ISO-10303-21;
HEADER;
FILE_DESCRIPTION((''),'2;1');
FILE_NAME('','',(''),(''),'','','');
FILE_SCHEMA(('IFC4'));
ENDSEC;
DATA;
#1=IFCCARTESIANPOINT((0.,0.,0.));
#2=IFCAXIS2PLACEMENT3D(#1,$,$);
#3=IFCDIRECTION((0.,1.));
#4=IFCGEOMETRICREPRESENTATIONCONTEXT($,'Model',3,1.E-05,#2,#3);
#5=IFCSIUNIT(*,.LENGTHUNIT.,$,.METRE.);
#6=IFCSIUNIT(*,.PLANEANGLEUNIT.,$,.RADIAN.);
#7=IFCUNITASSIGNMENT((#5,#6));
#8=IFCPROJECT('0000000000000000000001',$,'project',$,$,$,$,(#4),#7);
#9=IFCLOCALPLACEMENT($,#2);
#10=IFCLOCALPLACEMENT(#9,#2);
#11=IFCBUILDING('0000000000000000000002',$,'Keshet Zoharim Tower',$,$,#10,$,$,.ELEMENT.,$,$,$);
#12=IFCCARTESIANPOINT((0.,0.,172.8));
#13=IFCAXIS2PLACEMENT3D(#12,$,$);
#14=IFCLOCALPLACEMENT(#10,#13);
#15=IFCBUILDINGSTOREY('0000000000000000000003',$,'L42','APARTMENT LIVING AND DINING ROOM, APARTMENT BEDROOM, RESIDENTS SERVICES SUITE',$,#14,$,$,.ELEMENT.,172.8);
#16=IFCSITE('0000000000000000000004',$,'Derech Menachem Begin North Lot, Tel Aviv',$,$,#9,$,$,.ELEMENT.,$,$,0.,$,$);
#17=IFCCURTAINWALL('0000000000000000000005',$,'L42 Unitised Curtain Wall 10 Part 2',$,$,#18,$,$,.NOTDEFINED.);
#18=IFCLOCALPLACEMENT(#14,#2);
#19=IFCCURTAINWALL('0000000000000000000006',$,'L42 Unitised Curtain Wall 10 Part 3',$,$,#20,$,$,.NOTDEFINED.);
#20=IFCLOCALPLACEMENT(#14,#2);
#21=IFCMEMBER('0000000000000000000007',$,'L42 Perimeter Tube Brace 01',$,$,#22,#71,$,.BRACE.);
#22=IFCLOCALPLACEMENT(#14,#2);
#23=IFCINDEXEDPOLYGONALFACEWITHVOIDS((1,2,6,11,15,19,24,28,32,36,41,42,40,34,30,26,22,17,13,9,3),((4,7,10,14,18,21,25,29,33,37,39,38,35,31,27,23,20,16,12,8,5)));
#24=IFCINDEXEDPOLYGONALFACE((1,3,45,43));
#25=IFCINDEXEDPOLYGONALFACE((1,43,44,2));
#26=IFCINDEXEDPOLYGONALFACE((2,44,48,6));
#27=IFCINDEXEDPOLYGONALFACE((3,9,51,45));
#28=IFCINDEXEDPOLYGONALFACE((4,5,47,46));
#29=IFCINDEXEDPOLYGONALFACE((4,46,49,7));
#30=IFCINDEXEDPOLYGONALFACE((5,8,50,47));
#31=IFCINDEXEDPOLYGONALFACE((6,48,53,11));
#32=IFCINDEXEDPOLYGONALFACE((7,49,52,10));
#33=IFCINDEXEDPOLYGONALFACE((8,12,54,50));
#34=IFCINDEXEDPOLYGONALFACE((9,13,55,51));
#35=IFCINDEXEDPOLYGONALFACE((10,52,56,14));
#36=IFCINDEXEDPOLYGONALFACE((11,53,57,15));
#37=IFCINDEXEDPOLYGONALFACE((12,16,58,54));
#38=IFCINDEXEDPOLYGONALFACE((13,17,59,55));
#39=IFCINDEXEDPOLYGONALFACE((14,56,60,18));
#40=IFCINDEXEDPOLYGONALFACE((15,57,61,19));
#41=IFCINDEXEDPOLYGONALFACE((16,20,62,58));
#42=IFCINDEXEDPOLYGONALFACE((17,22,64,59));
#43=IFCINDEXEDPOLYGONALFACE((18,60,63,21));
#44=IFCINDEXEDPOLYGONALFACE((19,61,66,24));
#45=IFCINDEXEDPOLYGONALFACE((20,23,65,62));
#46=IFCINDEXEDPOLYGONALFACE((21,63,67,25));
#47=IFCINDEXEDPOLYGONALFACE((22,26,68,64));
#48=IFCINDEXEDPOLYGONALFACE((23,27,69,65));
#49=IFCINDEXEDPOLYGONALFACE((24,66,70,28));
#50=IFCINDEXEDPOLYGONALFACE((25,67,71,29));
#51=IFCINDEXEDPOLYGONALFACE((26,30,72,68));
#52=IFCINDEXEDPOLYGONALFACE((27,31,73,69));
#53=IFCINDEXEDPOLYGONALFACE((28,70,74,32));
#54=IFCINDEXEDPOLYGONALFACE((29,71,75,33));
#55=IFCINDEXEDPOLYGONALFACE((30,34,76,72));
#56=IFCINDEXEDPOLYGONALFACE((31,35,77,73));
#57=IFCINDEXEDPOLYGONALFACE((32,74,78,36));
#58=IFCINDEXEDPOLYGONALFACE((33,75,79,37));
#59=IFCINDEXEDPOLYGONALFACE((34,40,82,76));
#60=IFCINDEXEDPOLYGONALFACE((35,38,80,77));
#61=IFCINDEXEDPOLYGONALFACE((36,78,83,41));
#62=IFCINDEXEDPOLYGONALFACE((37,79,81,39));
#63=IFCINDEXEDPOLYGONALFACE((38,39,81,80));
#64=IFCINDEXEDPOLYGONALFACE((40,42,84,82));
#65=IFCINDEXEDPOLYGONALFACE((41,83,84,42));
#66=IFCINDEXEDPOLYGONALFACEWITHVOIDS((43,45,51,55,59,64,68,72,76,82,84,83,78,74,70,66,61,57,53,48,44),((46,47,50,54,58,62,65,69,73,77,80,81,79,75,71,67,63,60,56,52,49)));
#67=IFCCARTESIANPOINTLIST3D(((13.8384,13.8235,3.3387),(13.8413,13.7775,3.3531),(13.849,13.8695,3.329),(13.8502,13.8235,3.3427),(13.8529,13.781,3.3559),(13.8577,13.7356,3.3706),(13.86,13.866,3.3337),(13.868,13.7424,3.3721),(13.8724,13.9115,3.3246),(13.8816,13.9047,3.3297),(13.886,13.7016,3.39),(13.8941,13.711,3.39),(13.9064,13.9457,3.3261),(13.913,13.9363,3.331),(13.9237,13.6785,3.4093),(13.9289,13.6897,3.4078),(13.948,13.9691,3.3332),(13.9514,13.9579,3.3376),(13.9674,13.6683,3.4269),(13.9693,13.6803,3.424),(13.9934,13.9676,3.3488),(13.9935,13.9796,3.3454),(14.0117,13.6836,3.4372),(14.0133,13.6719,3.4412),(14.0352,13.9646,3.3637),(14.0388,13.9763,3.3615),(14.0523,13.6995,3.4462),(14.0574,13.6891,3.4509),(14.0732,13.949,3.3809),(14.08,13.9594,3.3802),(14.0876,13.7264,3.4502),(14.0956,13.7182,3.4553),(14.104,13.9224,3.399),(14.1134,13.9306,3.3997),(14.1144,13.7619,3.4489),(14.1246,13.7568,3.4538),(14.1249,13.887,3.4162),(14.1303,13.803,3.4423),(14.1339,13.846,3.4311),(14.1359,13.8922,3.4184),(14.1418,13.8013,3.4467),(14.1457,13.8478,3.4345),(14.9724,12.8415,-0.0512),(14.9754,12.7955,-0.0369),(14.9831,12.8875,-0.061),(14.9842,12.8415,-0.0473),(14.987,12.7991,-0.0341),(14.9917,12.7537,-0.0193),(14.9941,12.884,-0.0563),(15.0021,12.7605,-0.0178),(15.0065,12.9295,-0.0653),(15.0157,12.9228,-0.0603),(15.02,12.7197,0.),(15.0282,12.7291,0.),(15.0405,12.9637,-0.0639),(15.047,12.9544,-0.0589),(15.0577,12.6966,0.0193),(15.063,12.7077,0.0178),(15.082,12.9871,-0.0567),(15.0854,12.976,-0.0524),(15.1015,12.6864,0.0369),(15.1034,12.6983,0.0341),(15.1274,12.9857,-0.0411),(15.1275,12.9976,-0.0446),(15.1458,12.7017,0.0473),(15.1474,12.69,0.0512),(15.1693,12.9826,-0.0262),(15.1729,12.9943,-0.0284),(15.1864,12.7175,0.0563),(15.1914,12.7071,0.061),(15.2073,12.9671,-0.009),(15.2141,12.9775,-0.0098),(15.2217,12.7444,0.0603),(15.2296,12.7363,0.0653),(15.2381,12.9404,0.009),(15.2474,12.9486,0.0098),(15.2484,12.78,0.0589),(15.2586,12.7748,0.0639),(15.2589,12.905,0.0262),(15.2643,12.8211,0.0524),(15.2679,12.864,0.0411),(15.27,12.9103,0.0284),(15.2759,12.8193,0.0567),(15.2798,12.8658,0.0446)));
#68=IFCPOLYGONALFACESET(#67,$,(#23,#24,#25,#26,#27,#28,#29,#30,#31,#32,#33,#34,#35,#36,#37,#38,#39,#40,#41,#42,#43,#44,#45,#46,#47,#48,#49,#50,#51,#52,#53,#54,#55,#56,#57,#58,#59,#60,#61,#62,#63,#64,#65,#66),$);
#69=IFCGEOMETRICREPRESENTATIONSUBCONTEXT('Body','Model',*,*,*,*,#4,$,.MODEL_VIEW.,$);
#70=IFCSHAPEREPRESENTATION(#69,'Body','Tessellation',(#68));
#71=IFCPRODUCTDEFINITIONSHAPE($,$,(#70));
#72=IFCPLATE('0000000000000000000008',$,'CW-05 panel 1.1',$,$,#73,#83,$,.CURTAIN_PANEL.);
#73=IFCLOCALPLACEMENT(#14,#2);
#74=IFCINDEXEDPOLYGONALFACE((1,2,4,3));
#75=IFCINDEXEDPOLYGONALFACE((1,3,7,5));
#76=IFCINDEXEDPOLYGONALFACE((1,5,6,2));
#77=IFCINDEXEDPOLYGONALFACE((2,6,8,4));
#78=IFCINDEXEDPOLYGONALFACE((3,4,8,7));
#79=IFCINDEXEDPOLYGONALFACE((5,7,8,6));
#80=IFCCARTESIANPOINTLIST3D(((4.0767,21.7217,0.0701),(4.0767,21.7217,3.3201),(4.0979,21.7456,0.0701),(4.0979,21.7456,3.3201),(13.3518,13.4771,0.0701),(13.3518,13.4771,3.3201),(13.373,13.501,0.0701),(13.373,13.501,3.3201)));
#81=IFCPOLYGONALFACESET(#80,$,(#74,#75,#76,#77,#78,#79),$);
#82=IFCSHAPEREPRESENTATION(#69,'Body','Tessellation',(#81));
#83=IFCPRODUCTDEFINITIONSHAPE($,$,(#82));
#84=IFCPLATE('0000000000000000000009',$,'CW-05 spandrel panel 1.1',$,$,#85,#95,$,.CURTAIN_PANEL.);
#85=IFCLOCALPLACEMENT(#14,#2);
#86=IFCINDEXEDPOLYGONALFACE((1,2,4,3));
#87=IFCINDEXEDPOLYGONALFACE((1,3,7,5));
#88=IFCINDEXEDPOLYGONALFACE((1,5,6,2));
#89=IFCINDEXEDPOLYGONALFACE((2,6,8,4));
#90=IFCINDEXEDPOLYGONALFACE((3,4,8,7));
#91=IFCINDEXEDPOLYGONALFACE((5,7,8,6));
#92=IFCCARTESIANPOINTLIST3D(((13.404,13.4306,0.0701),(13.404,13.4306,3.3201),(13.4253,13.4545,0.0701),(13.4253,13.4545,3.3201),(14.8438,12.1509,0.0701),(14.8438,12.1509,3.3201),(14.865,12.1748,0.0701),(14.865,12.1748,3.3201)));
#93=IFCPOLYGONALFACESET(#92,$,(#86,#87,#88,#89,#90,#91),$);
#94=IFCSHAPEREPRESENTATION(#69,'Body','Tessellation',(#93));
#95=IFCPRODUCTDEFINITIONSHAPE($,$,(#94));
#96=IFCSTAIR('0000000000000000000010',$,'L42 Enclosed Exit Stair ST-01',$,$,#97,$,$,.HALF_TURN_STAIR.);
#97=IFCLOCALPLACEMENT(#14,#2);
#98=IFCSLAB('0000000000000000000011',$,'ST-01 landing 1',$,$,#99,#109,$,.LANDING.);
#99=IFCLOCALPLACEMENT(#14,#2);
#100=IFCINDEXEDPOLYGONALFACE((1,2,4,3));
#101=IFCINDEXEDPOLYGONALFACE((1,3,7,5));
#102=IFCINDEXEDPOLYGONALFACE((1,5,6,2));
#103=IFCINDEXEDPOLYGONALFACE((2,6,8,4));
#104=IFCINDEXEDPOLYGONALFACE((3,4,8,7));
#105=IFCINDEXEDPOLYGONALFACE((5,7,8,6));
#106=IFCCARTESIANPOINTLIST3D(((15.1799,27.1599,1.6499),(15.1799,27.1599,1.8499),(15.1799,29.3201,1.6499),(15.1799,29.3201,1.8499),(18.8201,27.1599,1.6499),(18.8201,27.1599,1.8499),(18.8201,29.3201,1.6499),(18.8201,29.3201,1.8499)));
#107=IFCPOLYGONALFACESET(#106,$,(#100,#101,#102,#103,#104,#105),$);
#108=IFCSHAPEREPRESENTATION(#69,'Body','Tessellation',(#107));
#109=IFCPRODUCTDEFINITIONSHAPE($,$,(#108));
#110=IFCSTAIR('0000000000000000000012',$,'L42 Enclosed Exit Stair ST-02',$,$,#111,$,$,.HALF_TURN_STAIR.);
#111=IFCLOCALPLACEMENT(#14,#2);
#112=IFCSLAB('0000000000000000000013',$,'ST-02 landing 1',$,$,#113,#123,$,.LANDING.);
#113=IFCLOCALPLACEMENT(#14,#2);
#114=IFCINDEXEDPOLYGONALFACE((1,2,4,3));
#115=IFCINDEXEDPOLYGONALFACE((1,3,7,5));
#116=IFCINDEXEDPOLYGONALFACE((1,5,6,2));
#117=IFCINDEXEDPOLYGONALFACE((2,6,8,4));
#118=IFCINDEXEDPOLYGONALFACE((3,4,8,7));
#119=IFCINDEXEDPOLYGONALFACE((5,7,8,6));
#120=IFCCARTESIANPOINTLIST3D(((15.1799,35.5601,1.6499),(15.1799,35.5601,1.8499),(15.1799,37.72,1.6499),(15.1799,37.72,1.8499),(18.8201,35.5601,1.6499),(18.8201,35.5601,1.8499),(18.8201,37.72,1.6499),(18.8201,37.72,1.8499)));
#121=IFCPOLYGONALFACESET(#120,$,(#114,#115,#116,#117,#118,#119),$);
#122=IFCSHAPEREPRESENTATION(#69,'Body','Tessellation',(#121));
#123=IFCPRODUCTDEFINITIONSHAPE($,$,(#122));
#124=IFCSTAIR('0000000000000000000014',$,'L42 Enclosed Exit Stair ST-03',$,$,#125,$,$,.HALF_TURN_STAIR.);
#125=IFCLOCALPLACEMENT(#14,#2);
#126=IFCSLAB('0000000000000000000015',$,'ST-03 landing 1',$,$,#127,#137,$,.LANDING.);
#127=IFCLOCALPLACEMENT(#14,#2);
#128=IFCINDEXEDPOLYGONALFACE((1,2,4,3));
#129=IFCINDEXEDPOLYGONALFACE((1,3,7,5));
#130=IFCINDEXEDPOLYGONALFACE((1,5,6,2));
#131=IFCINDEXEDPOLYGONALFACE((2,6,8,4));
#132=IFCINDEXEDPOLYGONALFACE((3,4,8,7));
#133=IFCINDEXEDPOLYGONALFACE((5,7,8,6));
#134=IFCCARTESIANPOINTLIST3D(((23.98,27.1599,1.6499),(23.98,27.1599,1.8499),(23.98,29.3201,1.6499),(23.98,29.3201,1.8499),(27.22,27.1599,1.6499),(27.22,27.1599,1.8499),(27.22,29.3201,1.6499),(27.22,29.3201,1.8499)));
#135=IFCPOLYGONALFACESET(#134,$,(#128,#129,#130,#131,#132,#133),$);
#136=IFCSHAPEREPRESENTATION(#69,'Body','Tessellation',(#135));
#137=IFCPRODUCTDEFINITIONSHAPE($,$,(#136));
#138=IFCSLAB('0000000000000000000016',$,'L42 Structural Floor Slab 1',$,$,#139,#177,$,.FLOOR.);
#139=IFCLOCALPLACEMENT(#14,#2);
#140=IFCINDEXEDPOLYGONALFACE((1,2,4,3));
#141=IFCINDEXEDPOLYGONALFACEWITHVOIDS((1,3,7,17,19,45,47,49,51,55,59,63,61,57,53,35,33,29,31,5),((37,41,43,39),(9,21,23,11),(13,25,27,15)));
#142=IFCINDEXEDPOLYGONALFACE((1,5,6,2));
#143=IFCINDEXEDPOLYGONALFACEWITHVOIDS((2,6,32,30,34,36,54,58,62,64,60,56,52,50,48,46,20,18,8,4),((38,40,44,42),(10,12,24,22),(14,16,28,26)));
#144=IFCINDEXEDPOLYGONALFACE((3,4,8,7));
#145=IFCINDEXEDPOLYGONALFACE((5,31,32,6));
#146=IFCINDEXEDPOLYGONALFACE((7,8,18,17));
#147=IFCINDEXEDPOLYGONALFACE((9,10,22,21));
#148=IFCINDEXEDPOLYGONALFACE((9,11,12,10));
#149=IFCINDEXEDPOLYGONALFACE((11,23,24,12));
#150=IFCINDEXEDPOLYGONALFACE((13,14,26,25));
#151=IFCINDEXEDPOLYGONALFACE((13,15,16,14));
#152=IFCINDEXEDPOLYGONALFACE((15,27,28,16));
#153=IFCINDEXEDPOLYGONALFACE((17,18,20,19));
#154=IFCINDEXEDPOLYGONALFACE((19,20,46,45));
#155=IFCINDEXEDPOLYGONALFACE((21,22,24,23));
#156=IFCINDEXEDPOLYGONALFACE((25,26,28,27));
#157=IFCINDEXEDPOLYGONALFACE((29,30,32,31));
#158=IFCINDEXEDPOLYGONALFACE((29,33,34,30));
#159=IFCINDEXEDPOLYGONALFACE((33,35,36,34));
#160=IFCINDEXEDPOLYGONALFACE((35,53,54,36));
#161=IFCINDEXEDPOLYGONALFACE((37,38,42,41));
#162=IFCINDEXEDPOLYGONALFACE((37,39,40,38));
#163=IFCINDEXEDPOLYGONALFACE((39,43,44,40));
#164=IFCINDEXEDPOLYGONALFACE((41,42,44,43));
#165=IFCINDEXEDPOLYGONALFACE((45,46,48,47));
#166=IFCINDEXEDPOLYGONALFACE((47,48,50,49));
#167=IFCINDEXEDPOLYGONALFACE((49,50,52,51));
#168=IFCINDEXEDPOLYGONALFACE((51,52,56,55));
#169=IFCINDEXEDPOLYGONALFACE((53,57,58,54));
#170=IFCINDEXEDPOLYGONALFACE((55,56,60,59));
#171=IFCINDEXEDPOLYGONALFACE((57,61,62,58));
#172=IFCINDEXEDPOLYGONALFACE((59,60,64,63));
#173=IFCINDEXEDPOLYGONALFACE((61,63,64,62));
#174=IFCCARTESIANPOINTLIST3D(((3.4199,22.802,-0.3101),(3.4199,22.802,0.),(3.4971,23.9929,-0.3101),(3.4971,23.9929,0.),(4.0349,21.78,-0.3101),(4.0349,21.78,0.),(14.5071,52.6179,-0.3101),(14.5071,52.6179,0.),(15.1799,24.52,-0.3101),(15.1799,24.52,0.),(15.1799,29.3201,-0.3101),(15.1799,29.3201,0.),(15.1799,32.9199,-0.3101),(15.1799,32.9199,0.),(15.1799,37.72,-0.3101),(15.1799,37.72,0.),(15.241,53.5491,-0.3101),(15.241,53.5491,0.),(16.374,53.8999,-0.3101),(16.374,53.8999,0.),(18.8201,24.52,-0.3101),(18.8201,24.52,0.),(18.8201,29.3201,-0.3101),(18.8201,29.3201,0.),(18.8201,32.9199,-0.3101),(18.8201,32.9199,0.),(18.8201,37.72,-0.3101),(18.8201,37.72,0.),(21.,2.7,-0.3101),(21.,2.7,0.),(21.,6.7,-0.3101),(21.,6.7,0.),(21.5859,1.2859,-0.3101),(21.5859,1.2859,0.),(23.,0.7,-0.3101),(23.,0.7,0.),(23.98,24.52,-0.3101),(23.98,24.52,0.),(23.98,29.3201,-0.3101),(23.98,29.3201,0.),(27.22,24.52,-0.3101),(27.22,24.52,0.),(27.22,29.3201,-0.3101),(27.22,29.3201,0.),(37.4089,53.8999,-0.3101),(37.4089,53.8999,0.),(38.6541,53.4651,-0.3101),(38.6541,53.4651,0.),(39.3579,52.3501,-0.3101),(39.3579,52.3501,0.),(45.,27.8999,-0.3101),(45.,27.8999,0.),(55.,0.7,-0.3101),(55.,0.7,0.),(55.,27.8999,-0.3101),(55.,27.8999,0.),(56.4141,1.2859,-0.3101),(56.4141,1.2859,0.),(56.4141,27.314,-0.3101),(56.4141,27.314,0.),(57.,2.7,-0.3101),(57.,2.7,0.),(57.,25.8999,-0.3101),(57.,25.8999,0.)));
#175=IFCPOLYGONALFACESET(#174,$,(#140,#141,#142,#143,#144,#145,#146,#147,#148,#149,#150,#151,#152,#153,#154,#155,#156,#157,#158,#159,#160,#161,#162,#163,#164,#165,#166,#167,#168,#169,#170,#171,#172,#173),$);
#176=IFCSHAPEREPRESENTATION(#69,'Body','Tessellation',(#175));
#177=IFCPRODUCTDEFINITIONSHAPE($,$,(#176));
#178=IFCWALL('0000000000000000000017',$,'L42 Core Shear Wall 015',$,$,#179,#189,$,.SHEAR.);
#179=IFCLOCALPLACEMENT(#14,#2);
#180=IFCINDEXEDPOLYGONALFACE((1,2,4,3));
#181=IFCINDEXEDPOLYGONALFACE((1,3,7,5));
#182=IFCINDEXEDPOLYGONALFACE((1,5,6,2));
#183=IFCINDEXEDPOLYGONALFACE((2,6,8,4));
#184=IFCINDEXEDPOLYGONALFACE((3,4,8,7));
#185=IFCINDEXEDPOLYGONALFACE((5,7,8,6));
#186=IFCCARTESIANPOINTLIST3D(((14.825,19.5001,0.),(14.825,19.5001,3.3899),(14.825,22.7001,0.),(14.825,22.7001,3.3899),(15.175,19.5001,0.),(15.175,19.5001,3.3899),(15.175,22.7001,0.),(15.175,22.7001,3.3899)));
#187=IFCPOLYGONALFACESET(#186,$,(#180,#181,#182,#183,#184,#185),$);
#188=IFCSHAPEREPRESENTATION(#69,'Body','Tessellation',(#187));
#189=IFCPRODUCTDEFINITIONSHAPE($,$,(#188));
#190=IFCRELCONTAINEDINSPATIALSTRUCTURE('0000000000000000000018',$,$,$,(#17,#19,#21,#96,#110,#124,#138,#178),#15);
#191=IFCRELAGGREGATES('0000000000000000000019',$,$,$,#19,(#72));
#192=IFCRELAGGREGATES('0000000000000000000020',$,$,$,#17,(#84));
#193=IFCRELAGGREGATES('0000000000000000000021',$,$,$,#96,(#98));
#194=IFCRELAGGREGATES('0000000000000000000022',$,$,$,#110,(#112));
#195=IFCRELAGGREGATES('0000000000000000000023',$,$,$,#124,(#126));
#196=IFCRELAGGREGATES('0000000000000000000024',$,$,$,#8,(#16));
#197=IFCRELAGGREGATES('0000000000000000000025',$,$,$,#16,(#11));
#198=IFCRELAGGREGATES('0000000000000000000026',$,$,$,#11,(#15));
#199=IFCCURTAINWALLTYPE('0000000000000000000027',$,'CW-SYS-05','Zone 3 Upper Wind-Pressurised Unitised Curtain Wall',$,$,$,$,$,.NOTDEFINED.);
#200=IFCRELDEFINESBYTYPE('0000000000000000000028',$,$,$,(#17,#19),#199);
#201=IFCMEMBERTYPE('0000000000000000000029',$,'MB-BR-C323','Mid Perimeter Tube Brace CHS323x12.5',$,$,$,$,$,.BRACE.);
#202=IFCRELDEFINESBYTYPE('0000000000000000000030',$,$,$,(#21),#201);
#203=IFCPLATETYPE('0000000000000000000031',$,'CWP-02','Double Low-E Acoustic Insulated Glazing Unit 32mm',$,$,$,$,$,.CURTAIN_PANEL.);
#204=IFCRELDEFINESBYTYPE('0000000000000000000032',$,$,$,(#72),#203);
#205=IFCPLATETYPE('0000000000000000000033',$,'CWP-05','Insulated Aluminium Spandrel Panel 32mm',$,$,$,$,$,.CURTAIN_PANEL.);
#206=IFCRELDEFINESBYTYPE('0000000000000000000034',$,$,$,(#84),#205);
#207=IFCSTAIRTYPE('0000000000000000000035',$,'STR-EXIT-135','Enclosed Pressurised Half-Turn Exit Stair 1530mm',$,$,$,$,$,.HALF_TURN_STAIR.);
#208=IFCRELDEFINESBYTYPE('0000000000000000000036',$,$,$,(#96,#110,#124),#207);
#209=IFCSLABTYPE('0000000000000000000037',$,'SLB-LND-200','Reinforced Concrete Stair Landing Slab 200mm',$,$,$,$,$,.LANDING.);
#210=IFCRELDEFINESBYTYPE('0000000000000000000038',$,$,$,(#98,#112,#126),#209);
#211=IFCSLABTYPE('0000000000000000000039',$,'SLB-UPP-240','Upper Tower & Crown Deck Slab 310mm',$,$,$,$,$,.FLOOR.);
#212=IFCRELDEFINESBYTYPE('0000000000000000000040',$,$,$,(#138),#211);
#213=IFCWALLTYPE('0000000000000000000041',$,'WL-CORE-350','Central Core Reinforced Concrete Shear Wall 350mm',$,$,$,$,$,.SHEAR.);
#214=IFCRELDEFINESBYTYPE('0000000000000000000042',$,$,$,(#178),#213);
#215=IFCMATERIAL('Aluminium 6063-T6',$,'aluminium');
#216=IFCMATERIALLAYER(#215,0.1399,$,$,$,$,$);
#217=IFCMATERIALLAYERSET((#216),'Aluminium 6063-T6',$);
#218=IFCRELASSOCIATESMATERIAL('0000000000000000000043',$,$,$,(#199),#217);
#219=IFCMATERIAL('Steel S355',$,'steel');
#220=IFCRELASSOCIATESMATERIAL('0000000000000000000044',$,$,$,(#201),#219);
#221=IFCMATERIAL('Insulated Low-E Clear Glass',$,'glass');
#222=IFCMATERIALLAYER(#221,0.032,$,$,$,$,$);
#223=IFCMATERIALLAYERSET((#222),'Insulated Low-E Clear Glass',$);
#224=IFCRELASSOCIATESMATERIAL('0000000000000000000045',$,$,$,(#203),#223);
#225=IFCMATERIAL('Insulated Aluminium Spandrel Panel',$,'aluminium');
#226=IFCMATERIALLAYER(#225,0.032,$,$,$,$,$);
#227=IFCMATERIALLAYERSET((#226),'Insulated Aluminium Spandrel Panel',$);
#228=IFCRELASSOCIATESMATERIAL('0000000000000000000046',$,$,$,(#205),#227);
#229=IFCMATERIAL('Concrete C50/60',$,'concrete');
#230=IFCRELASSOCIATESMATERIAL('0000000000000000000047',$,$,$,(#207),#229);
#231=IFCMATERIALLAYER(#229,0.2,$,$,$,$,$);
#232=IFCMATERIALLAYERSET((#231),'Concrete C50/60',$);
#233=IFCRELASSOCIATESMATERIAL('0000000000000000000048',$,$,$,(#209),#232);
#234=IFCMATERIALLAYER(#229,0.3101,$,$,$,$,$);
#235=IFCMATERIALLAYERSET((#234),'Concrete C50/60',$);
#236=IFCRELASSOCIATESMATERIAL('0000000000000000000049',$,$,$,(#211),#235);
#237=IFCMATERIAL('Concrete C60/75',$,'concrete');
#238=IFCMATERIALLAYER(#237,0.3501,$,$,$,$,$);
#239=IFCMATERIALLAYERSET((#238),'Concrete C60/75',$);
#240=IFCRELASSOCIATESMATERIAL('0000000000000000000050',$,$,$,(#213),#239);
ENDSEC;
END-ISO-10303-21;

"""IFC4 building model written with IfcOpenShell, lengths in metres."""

from ifc_helpers import new_model, si_unit, direction, frame, frame_2d, origin, origin_2d, place, context, subcontext, project, spatial, polyline, rectangle, hollow_circle, outline, extrude, material, layer, layer_set, material_profile, profile_set, type_object, element, aggregate, save


model = new_model("IFC4")

# Units and contexts
model_context = context("Model", 3, precision=1e-05, world=origin(), true_north=direction((0.0, 1.0)))
body_context = subcontext(model_context, "Body", "Model", "MODEL_VIEW")
ifc_project = project(units=[si_unit("LENGTHUNIT", "METRE"), si_unit("PLANEANGLEUNIT", "RADIAN")], contexts=[model_context])

# Site, building, storey
site_placement = place(None, origin())
site = spatial("IfcSite", under=ifc_project, at=site_placement, Name="Derech Menachem Begin North Lot, Tel Aviv", CompositionType="ELEMENT", RefElevation=0.0)
building_placement = place(site_placement, origin())
building = spatial("IfcBuilding", under=site, at=building_placement, Name="Keshet Zoharim Tower", CompositionType="ELEMENT")
storey_placement = place(building_placement, frame((0.0, 0.0, 172.8)))
storey = spatial("IfcBuildingStorey", under=building, at=storey_placement, Name="L42", Description="APARTMENT LIVING AND DINING ROOM, APARTMENT BEDROOM, RESIDENTS SERVICES SUITE", CompositionType="ELEMENT", Elevation=172.8)

# Shared definitions
ifc_material_1 = material(Name="Steel S355", Category="steel")
ifc_material_2 = material(Name="Concrete C60/75", Category="concrete")

# Shared definitions
ifc_material_3 = material(Name="Concrete C50/60", Category="concrete")

# Shared definitions
ifc_material_4 = material(Name="Aluminium 6063-T6", Category="aluminium")
ifc_layer_1 = layer(ifc_material_4, 0.1399)
ifc_layer_set_1 = layer_set([ifc_layer_1], Name="Aluminium 6063-T6")
curtain_wall_type = type_object("IfcCurtainWallType", Name="CW-SYS-05", Description="Zone 3 Upper Wind-Pressurised Unitised Curtain Wall", PredefinedType="NOTDEFINED", material=ifc_layer_set_1)

# Curtain walls
curtain_wall_1_placement = place(storey_placement, origin())
curtain_wall_1 = element("IfcCurtainWall", 1, at=curtain_wall_1_placement, inside=storey, type_object=curtain_wall_type, Name="L42 Unitised Curtain Wall 10 Part 2", PredefinedType="NOTDEFINED")
curtain_wall_2_placement = place(storey_placement, origin())
curtain_wall_2 = element("IfcCurtainWall", 2, at=curtain_wall_2_placement, inside=storey, type_object=curtain_wall_type, Name="L42 Unitised Curtain Wall 10 Part 3", PredefinedType="NOTDEFINED")

# Member
ifc_material_profile_1 = material_profile(ifc_material_1, hollow_circle(Radius=0.1619, WallThickness=0.0125, at=origin_2d()), Name="CHS323x12.5")
ifc_profile_set_1 = profile_set([ifc_material_profile_1], Name="Steel S355")
member_type_1 = type_object("IfcMemberType", Name="MB-BR-C323", Description="Mid Perimeter Tube Brace CHS323x12.5", PredefinedType="BRACE", material=ifc_profile_set_1)
member_1_placement = place(storey_placement, frame((15.126, 12.842, 0.0), z_axis=(-0.30592, 0.264889, 0.914466), x_axis=(-0.65459, -0.755984, 0.0)))
element("IfcMember", 3, at=member_1_placement, inside=storey, type_object=member_type_1, Name="L42 Perimeter Tube Brace 01", PredefinedType="BRACE", context=body_context, shape_type="SweptSolid", body=[
    extrude(hollow_circle(Radius=0.1619, WallThickness=0.0125, at=origin_2d()), origin(), (0.0, 0.0, 1.0), 3.707),
])

# Plates
ifc_material_5 = material(Name="Insulated Low-E Clear Glass", Category="glass")
ifc_layer_2 = layer(ifc_material_5, 0.032)
ifc_layer_set_2 = layer_set([ifc_layer_2], Name="Insulated Low-E Clear Glass")
plate_type_1 = type_object("IfcPlateType", Name="CWP-02", Description="Double Low-E Acoustic Insulated Glazing Unit 32mm", PredefinedType="CURTAIN_PANEL", material=ifc_layer_set_2)
plate_1_placement = place(storey_placement, frame((8.7249, 17.6113, 0.0701), z_axis=(0.0, 0.0, 1.0), x_axis=(-0.747407, 0.664367, 0.0)))
plate_1 = element("IfcPlate", 4, at=plate_1_placement, type_object=plate_type_1, Name="CW-05 panel 1.1", PredefinedType="CURTAIN_PANEL", context=body_context, shape_type="SweptSolid", body=[
    extrude(rectangle(XDim=12.4097, YDim=0.032, at=origin_2d()), origin(), (0.0, 0.0, 1.0), 3.25),
])
aggregate(curtain_wall_2, [plate_1])
ifc_material_6 = material(Name="Insulated Aluminium Spandrel Panel", Category="aluminium")
ifc_layer_3 = layer(ifc_material_6, 0.032)
ifc_layer_set_3 = layer_set([ifc_layer_3], Name="Insulated Aluminium Spandrel Panel")
plate_type_2 = type_object("IfcPlateType", Name="CWP-05", Description="Insulated Aluminium Spandrel Panel 32mm", PredefinedType="CURTAIN_PANEL", material=ifc_layer_set_3)
plate_2_placement = place(storey_placement, frame((14.1345, 12.8027, 0.0701), z_axis=(0.0, 0.0, 1.0), x_axis=(-0.74744, 0.66433, 0.0)))
plate_2 = element("IfcPlate", 5, at=plate_2_placement, type_object=plate_type_2, Name="CW-05 spandrel panel 1.1", PredefinedType="CURTAIN_PANEL", context=body_context, shape_type="SweptSolid", body=[
    extrude(rectangle(XDim=1.9263, YDim=0.032, at=origin_2d()), origin(), (0.0, 0.0, 1.0), 3.25),
])
aggregate(curtain_wall_1, [plate_2])

# Stairs, slabs
stair_type = type_object("IfcStairType", Name="STR-EXIT-135", Description="Enclosed Pressurised Half-Turn Exit Stair 1530mm", PredefinedType="HALF_TURN_STAIR", material=ifc_material_3)
stair_1_placement = place(storey_placement, origin())
stair_1 = element("IfcStair", 6, at=stair_1_placement, inside=storey, type_object=stair_type, Name="L42 Enclosed Exit Stair ST-01", PredefinedType="HALF_TURN_STAIR")
ifc_layer_4 = layer(ifc_material_3, 0.2)
ifc_layer_set_4 = layer_set([ifc_layer_4], Name="Concrete C50/60")
slab_type_1 = type_object("IfcSlabType", Name="SLB-LND-200", Description="Reinforced Concrete Stair Landing Slab 200mm", PredefinedType="LANDING", material=ifc_layer_set_4)
slab_1_placement = place(storey_placement, frame((0.0, 0.0, 1.6499)))
slab_1 = element("IfcSlab", 7, at=slab_1_placement, type_object=slab_type_1, Name="ST-01 landing 1", PredefinedType="LANDING", context=body_context, shape_type="SweptSolid", body=[
    extrude(outline(polyline([(15.1799, 27.1599), (18.8201, 27.1599), (18.8201, 29.3201), (15.1799, 29.3201), (15.1799, 27.1599)])), origin(), (0.0, 0.0, 1.0), 0.2),
])
aggregate(stair_1, [slab_1])
stair_2_placement = place(storey_placement, origin())
stair_2 = element("IfcStair", 8, at=stair_2_placement, inside=storey, type_object=stair_type, Name="L42 Enclosed Exit Stair ST-02", PredefinedType="HALF_TURN_STAIR")
slab_2_placement = place(storey_placement, frame((0.0, 0.0, 1.6499)))
slab_2 = element("IfcSlab", 9, at=slab_2_placement, type_object=slab_type_1, Name="ST-02 landing 1", PredefinedType="LANDING", context=body_context, shape_type="SweptSolid", body=[
    extrude(outline(polyline([(15.1799, 35.5601), (18.8201, 35.5601), (18.8201, 37.72), (15.1799, 37.72), (15.1799, 35.5601)])), origin(), (0.0, 0.0, 1.0), 0.2),
])
aggregate(stair_2, [slab_2])
stair_3_placement = place(storey_placement, origin())
stair_3 = element("IfcStair", 10, at=stair_3_placement, inside=storey, type_object=stair_type, Name="L42 Enclosed Exit Stair ST-03", PredefinedType="HALF_TURN_STAIR")
slab_3_placement = place(storey_placement, frame((0.0, 0.0, 1.6499)))
slab_3 = element("IfcSlab", 11, at=slab_3_placement, type_object=slab_type_1, Name="ST-03 landing 1", PredefinedType="LANDING", context=body_context, shape_type="SweptSolid", body=[
    extrude(outline(polyline([(23.98, 27.1599), (27.22, 27.1599), (27.22, 29.3201), (23.98, 29.3201), (23.98, 27.1599)])), origin(), (0.0, 0.0, 1.0), 0.2),
])
aggregate(stair_3, [slab_3])

# Slab
ifc_layer_5 = layer(ifc_material_3, 0.3101)
ifc_layer_set_5 = layer_set([ifc_layer_5], Name="Concrete C50/60")
slab_type_2 = type_object("IfcSlabType", Name="SLB-UPP-240", Description="Upper Tower & Crown Deck Slab 310mm", PredefinedType="FLOOR", material=ifc_layer_set_5)
slab_4_placement = place(storey_placement, frame((0.0, 0.0, -0.3101)))
element("IfcSlab", 12, at=slab_4_placement, inside=storey, type_object=slab_type_2, Name="L42 Structural Floor Slab 1", PredefinedType="FLOOR", context=body_context, shape_type="SweptSolid", body=[
    extrude(outline(polyline([(55.0, 27.8999), (56.4141, 27.314), (57.0, 25.8999), (57.0, 2.7), (56.4141, 1.2859), (55.0, 0.7), (23.0, 0.7), (21.5859, 1.2859), (21.0, 2.7), (21.0, 6.7), (4.0349, 21.78), (3.4199, 22.802), (3.4971, 23.9929), (14.5071, 52.6179), (15.241, 53.5491), (16.374, 53.8999), (37.4089, 53.8999), (38.6541, 53.4651), (39.3579, 52.3501), (45.0, 27.8999), (55.0, 27.8999)]), holes=[polyline([(15.1799, 24.52), (18.8201, 24.52), (18.8201, 29.3201), (15.1799, 29.3201), (15.1799, 24.52)]), polyline([(15.1799, 32.9199), (18.8201, 32.9199), (18.8201, 37.72), (15.1799, 37.72), (15.1799, 32.9199)]), polyline([(23.98, 24.52), (27.22, 24.52), (27.22, 29.3201), (23.98, 29.3201), (23.98, 24.52)])]), origin(), (0.0, 0.0, 1.0), 0.3101),
])

# Wall
ifc_layer_6 = layer(ifc_material_2, 0.3501)
ifc_layer_set_6 = layer_set([ifc_layer_6], Name="Concrete C60/75")
wall_type_1 = type_object("IfcWallType", Name="WL-CORE-350", Description="Central Core Reinforced Concrete Shear Wall 350mm", PredefinedType="SHEAR", material=ifc_layer_set_6)
wall_1_placement = place(storey_placement, frame((15.0, 19.5, 0.0), z_axis=(0.0, 0.0, 1.0), x_axis=(0.0, 1.0, 0.0)))
element("IfcWall", 13, at=wall_1_placement, inside=storey, type_object=wall_type_1, Name="L42 Core Shear Wall 015", PredefinedType="SHEAR", context=body_context, shape_type="SweptSolid", body=[
    extrude(rectangle(XDim=3.2, YDim=0.3501, at=frame_2d((1.6001, 0.0))), origin(), (0.0, 0.0, 1.0), 3.3899),
])

save(model, "model.ifc")
